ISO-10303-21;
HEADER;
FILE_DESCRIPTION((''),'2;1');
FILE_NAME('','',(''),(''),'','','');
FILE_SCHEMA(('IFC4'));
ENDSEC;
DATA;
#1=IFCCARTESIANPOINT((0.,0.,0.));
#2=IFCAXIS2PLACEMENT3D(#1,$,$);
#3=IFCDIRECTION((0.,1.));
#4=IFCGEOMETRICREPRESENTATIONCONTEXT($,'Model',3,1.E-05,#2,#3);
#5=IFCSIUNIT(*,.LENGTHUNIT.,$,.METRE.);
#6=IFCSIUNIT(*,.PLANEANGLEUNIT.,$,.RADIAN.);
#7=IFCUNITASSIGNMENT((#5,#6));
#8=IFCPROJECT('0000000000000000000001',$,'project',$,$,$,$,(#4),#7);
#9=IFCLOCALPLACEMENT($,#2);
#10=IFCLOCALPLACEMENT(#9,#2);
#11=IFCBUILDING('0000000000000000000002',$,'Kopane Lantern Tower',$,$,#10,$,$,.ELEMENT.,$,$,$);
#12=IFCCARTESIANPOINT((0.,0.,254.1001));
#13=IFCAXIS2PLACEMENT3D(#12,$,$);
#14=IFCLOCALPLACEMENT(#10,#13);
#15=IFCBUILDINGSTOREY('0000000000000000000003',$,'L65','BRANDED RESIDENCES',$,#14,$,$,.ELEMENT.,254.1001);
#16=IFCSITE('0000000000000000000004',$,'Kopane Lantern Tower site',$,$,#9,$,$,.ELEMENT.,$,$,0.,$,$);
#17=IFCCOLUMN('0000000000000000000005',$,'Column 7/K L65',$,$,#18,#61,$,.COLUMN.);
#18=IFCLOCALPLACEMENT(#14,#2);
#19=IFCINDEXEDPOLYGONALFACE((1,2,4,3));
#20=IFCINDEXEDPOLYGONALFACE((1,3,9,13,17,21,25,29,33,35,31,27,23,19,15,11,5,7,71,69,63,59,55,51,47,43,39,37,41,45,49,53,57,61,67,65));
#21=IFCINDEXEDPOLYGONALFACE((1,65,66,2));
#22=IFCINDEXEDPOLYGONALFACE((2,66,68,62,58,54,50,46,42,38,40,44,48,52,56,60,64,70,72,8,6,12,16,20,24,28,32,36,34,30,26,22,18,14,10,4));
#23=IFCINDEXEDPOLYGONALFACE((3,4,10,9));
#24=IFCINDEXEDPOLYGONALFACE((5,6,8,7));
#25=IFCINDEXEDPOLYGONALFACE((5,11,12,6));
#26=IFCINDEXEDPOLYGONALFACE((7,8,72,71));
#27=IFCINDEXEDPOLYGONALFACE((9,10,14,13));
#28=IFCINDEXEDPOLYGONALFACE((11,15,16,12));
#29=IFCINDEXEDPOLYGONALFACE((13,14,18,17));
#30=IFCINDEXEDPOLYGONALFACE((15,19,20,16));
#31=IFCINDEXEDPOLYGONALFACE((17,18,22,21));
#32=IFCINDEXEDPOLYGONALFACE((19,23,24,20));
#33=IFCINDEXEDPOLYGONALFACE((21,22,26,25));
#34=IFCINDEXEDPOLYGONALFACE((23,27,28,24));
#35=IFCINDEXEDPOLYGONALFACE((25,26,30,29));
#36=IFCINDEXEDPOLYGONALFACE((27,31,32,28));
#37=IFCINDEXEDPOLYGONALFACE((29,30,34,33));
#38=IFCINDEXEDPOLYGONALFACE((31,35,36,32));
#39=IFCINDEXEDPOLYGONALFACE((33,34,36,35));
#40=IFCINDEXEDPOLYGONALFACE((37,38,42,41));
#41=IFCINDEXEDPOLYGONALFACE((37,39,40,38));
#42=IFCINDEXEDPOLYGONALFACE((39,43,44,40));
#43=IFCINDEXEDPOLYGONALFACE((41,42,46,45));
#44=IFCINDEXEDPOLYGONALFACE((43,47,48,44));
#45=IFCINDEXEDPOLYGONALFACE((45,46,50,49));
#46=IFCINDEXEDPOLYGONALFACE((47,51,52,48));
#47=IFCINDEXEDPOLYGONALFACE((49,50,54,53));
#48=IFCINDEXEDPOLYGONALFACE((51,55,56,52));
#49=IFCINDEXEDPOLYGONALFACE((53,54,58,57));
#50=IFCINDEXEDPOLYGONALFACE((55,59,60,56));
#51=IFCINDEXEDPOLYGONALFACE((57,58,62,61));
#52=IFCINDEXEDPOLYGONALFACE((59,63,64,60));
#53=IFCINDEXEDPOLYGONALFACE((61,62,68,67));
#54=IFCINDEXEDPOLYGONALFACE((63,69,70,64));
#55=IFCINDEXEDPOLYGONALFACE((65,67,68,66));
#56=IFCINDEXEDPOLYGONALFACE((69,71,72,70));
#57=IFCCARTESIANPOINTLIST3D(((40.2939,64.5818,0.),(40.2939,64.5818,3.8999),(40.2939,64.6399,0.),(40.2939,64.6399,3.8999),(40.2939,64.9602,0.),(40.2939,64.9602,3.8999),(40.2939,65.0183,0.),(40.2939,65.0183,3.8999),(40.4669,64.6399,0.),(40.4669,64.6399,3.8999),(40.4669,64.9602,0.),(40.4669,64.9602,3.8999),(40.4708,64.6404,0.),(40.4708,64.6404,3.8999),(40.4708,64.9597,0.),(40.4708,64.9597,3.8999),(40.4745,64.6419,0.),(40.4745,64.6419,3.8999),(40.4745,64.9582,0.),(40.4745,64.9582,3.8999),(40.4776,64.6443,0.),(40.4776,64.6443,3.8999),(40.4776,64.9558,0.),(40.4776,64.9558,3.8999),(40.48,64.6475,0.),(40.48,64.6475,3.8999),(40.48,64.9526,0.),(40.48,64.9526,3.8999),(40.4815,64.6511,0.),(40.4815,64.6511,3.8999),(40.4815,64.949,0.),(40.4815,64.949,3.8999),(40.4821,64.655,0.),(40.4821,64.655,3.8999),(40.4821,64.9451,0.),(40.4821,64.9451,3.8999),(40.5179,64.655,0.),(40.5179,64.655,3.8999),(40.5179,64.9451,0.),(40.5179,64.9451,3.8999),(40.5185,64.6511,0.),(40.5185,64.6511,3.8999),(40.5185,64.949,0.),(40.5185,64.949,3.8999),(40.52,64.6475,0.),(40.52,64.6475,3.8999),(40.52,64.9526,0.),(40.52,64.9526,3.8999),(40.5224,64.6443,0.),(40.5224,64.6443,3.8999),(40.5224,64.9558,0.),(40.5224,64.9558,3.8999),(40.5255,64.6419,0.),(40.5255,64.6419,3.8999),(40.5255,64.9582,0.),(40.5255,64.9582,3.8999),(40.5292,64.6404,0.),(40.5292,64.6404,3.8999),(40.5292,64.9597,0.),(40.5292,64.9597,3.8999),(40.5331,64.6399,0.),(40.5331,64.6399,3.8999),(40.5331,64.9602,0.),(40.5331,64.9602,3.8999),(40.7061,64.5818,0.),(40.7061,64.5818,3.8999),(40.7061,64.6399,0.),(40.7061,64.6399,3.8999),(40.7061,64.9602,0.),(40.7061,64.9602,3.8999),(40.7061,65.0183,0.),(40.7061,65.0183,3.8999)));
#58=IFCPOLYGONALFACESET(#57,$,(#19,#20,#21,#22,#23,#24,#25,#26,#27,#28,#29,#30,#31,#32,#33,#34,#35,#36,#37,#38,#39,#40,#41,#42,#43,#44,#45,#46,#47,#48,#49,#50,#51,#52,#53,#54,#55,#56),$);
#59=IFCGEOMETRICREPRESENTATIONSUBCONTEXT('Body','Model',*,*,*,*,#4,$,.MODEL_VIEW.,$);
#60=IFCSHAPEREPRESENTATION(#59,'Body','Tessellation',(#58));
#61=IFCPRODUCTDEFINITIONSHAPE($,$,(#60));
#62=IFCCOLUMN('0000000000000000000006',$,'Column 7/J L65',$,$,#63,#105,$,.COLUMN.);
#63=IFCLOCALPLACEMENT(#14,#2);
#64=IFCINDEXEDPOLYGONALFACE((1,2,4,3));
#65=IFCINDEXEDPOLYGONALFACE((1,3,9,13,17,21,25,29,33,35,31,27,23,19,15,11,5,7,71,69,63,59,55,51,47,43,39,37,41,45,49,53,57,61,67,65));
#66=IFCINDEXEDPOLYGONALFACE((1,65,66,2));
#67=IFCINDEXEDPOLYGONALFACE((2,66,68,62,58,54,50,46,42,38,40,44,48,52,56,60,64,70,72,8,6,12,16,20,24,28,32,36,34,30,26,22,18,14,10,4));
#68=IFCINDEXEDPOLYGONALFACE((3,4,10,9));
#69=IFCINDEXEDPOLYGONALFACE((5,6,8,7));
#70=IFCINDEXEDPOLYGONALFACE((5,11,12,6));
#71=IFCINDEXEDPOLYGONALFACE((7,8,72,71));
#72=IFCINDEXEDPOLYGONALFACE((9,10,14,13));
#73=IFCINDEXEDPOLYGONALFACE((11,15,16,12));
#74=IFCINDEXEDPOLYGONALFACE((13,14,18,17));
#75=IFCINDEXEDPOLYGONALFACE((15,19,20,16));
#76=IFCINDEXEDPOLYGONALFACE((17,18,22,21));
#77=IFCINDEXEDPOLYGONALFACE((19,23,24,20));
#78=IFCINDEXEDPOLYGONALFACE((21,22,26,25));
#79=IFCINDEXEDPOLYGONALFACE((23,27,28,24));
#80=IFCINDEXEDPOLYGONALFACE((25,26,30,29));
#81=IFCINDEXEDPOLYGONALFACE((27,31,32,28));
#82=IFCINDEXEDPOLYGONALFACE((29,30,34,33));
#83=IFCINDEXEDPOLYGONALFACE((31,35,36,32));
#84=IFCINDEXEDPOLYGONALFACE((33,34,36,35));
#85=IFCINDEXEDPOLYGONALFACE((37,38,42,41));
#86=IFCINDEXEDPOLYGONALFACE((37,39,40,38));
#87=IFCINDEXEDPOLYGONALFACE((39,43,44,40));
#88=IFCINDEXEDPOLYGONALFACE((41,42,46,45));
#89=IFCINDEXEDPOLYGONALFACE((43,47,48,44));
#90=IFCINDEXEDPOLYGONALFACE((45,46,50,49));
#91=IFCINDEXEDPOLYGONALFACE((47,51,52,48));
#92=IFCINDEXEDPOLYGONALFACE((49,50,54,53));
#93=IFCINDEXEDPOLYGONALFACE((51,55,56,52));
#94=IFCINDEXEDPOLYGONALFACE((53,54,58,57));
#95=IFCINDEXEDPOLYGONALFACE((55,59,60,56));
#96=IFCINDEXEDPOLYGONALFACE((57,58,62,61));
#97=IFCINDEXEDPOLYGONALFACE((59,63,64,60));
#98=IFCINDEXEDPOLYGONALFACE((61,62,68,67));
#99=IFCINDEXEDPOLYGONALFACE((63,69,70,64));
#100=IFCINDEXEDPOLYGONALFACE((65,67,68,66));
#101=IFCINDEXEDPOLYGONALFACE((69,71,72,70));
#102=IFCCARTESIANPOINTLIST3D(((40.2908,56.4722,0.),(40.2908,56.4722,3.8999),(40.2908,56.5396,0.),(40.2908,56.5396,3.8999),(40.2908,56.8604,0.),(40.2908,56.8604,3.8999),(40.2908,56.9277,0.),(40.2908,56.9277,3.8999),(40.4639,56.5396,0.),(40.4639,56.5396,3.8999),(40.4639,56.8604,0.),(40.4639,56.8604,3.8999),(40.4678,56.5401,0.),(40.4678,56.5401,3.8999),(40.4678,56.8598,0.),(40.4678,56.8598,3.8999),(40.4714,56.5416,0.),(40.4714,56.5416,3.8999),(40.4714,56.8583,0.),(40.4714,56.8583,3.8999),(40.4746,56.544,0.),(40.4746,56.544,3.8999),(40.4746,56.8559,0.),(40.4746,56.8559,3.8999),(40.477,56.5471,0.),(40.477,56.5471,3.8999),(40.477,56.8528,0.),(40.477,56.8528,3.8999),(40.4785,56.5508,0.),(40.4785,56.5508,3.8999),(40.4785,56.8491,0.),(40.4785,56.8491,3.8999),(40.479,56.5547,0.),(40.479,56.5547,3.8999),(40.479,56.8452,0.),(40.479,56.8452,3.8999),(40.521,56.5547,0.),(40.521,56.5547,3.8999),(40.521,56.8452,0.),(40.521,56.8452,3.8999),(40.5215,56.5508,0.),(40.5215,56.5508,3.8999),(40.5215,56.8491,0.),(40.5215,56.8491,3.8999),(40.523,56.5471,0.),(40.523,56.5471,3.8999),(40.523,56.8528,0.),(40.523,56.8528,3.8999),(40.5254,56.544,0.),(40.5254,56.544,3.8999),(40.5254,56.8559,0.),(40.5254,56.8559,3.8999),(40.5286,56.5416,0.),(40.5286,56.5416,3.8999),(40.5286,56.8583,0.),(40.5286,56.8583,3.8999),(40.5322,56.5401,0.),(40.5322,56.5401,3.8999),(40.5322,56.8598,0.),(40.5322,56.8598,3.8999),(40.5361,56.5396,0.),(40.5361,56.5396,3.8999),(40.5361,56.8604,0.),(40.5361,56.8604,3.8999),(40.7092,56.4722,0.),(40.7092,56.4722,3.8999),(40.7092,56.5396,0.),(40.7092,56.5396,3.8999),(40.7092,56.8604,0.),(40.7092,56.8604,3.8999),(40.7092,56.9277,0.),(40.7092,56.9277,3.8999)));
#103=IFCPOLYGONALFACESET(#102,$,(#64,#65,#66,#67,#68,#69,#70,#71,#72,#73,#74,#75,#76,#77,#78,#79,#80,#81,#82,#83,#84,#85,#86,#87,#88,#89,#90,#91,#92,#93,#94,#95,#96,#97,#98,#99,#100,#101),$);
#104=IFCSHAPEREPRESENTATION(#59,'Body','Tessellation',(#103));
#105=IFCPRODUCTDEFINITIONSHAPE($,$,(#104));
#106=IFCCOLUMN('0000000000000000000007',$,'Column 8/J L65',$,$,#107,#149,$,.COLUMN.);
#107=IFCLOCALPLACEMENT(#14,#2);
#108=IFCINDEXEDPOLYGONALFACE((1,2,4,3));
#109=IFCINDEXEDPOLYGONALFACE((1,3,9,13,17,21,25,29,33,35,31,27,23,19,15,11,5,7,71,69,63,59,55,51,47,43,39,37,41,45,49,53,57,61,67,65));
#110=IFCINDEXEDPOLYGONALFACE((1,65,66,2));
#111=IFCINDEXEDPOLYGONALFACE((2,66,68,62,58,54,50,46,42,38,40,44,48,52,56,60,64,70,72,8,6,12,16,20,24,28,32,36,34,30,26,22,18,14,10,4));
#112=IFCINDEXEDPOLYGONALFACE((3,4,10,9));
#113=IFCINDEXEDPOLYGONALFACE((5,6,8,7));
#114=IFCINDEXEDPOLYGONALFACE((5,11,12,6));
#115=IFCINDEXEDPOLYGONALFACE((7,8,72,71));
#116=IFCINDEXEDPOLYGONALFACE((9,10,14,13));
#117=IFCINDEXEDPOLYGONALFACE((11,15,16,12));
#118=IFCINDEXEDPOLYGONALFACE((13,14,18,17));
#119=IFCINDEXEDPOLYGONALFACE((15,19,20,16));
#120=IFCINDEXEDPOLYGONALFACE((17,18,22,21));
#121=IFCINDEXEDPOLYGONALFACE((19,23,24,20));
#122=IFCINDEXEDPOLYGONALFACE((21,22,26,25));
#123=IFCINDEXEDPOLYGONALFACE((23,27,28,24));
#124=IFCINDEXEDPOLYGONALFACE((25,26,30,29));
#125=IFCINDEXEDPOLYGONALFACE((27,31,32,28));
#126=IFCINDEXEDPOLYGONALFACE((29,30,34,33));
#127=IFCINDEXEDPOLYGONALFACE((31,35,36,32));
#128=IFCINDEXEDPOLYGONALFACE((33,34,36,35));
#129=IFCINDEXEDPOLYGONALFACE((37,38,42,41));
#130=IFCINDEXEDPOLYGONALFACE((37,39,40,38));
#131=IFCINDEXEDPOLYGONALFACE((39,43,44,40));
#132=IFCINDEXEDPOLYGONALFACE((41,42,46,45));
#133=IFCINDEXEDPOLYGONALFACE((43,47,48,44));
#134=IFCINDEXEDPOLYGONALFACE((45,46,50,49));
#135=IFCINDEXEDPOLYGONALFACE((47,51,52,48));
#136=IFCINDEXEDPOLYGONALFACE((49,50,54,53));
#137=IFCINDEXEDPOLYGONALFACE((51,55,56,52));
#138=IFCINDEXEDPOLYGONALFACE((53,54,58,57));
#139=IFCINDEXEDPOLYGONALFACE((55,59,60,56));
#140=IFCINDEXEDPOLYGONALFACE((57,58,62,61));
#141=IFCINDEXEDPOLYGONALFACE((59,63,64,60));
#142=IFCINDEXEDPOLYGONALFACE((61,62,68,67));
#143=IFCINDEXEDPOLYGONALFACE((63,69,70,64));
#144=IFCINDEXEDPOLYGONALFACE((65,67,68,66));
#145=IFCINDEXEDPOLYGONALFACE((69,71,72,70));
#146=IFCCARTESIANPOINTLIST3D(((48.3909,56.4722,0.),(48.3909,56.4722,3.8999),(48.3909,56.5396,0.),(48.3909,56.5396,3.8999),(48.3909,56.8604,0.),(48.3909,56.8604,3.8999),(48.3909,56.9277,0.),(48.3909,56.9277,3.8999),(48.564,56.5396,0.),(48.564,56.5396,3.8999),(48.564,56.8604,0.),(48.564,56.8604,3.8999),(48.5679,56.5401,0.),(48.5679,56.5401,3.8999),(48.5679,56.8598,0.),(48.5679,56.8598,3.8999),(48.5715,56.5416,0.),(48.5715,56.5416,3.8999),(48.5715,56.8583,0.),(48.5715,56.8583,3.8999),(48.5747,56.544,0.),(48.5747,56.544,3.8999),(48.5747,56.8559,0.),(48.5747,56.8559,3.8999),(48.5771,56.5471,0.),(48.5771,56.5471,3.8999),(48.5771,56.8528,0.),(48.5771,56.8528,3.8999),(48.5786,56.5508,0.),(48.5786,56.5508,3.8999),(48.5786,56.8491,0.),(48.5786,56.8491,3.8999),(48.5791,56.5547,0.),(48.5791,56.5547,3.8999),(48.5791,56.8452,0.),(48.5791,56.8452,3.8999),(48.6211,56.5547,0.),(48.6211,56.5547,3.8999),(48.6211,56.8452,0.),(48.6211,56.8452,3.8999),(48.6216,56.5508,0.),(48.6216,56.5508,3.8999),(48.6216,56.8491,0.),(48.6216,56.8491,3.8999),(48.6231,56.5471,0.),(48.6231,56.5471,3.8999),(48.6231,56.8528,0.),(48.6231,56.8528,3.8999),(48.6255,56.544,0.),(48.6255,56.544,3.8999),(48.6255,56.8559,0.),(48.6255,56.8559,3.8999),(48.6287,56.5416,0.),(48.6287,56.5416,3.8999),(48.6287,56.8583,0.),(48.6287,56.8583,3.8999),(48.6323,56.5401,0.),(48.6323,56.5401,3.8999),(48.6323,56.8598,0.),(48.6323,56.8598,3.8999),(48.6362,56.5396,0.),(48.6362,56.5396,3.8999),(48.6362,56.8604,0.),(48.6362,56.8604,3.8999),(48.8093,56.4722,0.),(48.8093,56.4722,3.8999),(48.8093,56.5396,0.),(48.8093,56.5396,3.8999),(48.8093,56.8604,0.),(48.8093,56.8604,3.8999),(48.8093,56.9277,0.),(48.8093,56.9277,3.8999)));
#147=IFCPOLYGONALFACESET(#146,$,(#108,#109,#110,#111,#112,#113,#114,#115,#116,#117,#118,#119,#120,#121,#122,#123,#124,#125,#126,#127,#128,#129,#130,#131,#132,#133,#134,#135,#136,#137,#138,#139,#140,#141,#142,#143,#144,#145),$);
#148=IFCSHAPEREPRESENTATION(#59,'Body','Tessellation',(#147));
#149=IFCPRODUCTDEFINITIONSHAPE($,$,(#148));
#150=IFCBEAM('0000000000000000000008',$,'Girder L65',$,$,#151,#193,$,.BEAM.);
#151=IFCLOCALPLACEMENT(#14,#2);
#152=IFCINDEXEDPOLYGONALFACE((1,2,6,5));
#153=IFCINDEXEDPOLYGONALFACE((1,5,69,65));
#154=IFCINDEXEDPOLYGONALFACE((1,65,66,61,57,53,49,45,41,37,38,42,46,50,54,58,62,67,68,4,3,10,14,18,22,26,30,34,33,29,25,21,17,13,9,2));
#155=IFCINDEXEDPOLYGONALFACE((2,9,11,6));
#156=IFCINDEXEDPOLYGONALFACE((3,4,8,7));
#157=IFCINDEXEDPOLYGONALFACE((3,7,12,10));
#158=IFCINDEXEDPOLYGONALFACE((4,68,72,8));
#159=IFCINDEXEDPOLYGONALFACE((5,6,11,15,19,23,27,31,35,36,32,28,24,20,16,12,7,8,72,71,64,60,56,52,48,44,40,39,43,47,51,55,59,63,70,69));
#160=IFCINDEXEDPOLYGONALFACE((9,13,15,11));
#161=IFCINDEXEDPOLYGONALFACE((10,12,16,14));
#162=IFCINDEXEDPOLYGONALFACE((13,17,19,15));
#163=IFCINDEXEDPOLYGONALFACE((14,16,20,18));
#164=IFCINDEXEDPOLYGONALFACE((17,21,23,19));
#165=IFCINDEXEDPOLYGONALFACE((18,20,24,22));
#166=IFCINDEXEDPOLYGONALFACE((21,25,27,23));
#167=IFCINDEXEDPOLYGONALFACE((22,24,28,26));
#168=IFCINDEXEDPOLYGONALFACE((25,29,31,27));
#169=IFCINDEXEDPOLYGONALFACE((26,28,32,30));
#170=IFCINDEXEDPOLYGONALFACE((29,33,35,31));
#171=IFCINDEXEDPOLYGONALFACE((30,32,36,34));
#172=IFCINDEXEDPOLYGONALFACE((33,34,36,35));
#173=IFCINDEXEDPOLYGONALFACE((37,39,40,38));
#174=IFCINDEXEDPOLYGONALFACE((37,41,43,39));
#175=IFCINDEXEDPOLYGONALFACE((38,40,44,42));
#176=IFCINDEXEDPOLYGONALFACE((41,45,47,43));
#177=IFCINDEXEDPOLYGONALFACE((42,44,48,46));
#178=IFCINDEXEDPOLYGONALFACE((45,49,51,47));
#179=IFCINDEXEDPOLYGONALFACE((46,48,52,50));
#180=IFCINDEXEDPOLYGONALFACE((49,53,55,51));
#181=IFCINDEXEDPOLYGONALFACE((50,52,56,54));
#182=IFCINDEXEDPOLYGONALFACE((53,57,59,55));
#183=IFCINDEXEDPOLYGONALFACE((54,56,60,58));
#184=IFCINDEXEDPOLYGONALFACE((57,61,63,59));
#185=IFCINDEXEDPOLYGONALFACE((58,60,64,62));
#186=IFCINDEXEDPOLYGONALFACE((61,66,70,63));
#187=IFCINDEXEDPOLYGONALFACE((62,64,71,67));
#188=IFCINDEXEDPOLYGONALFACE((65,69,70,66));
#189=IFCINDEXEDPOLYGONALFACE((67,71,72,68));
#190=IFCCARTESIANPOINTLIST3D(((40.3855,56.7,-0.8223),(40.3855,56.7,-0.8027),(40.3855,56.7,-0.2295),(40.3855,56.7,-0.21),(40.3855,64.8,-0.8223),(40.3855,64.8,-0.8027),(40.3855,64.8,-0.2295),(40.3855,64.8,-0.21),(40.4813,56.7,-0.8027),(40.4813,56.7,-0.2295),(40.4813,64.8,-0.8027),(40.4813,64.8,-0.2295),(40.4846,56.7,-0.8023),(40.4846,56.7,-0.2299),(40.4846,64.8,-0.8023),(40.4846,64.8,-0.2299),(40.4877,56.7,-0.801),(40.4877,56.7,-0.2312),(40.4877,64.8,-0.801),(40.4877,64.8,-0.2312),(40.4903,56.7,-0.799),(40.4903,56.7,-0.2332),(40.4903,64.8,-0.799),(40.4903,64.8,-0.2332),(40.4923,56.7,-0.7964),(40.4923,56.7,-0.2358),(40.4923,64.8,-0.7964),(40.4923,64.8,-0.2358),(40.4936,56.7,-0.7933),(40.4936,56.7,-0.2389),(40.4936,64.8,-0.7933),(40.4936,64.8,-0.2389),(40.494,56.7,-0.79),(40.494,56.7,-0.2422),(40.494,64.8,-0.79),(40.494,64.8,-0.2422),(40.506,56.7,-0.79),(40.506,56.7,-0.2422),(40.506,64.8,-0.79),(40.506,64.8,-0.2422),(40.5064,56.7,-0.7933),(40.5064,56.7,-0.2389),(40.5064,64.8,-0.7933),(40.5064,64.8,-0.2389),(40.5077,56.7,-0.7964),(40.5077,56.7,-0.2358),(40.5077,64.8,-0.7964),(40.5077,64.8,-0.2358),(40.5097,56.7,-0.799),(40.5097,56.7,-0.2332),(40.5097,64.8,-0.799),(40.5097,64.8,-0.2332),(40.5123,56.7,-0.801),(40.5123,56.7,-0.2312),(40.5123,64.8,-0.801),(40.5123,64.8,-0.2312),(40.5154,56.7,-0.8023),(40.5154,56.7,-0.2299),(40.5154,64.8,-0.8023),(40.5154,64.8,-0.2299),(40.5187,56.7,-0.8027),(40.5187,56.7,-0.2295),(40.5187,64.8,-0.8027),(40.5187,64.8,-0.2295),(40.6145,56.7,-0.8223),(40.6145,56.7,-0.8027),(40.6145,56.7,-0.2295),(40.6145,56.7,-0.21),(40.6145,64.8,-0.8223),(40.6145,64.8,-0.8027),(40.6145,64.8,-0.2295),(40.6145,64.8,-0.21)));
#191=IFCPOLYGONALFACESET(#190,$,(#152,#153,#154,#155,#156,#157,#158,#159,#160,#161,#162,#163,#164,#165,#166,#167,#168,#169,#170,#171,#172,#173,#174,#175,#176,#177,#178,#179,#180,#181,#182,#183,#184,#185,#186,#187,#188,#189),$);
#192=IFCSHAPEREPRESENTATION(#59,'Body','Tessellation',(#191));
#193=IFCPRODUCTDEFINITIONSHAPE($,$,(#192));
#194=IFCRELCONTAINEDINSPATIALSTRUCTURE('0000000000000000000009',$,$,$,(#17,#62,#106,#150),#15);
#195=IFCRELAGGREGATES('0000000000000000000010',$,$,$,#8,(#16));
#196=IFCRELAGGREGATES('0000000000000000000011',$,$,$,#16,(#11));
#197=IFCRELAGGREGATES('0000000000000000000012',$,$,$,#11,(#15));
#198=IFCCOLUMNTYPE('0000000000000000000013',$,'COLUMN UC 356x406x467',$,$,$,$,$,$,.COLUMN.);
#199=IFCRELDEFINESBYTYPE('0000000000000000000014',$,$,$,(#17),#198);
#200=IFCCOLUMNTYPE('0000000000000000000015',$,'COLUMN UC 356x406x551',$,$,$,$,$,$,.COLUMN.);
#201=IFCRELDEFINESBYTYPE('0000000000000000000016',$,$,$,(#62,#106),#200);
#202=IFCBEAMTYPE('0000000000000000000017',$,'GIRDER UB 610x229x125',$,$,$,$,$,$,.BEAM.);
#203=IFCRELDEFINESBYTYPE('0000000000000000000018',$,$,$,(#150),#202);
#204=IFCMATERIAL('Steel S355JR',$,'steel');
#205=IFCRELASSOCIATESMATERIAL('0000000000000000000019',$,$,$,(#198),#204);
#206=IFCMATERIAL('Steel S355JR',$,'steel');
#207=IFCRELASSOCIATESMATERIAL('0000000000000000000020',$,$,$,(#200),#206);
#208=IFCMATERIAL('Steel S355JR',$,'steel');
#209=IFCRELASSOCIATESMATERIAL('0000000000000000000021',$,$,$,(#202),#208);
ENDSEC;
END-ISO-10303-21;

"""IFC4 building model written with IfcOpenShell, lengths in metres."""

from ifc_helpers import new_model, si_unit, direction, frame, origin, origin_2d, place, context, subcontext, project, spatial, i_section, extrude, material, material_profile, profile_set, type_object, element, save


model = new_model("IFC4")

# Units and contexts
model_context = context("Model", 3, precision=1e-05, world=origin(), true_north=direction((0.0, 1.0)))
body_context = subcontext(model_context, "Body", "Model", "MODEL_VIEW")
ifc_project = project(units=[si_unit("LENGTHUNIT", "METRE"), si_unit("PLANEANGLEUNIT", "RADIAN")], contexts=[model_context])

# Site, building, storey
site_placement = place(None, origin())
site = spatial("IfcSite", under=ifc_project, at=site_placement, Name="Kopane Lantern Tower site", CompositionType="ELEMENT", RefElevation=0.0)
building_placement = place(site_placement, origin())
building = spatial("IfcBuilding", under=site, at=building_placement, Name="Kopane Lantern Tower", CompositionType="ELEMENT")
storey_placement = place(building_placement, frame((0.0, 0.0, 254.1001)))
storey = spatial("IfcBuildingStorey", under=building, at=storey_placement, Name="L65", Description="BRANDED RESIDENCES", CompositionType="ELEMENT", Elevation=254.1001)

# Columns
ifc_material_1 = material(Name="Steel S355JR", Category="steel")
ifc_material_profile_1 = material_profile(ifc_material_1, i_section(OverallWidth=0.4121, OverallDepth=0.4365, WebThickness=0.0359, FlangeThickness=0.0581, FilletRadius=0.0151, at=origin_2d()), Name="UC 356x406x467")
ifc_profile_set_1 = profile_set([ifc_material_profile_1], Name="Steel S355JR")
column_type_1 = type_object("IfcColumnType", Name="COLUMN UC 356x406x467", PredefinedType="COLUMN", material=ifc_profile_set_1)
column_placement = place(storey_placement, frame((40.5, 64.8, 0.0), z_axis=(0.0, 0.0, 1.0), x_axis=(1.0, 0.0, 0.0)))
element("IfcColumn", 1, at=column_placement, inside=storey, type_object=column_type_1, Name="Column 7/K L65", PredefinedType="COLUMN", context=body_context, shape_type="SweptSolid", body=[
    extrude(i_section(OverallWidth=0.4121, OverallDepth=0.4365, WebThickness=0.0359, FlangeThickness=0.0581, FilletRadius=0.0151, at=origin_2d()), origin(), (0.0, 0.0, 1.0), 3.8999),
])
ifc_material_2 = material(Name="Steel S355JR", Category="steel")
ifc_material_profile_2 = material_profile(ifc_material_2, i_section(OverallWidth=0.4185, OverallDepth=0.4556, WebThickness=0.042, FlangeThickness=0.0674, FilletRadius=0.0151, at=origin_2d()), Name="UC 356x406x551")
ifc_profile_set_2 = profile_set([ifc_material_profile_2], Name="Steel S355JR")
column_type_2 = type_object("IfcColumnType", Name="COLUMN UC 356x406x551", PredefinedType="COLUMN", material=ifc_profile_set_2)
for number, where, z_axis, x_axis, name in (
    (2, (40.5, 56.7, 0.0), (0.0, 0.0, 1.0), (1.0, 0.0, 0.0), "Column 7/J L65"),
    (3, (48.6001, 56.7, 0.0), (0.0, 0.0, 1.0), (1.0, 0.0, 0.0), "Column 8/J L65"),
):
    element("IfcColumn", number, at=place(storey_placement, frame(where, z_axis=z_axis, x_axis=x_axis)), inside=storey, type_object=column_type_2, Name=name, PredefinedType="COLUMN", context=body_context, shape_type="SweptSolid", body=[
        extrude(i_section(OverallWidth=0.4185, OverallDepth=0.4556, WebThickness=0.042, FlangeThickness=0.0674, FilletRadius=0.0151, at=origin_2d()), origin(), (0.0, 0.0, 1.0), 3.8999),
    ])

# Beam
ifc_material_3 = material(Name="Steel S355JR", Category="steel")
ifc_material_profile_3 = material_profile(ifc_material_3, i_section(OverallWidth=0.229, OverallDepth=0.6123, WebThickness=0.012, FlangeThickness=0.0195, FilletRadius=0.0127, at=origin_2d()), Name="UB 610x229x125")
ifc_profile_set_3 = profile_set([ifc_material_profile_3], Name="Steel S355JR")
beam_type = type_object("IfcBeamType", Name="GIRDER UB 610x229x125", PredefinedType="BEAM", material=ifc_profile_set_3)
for number, where, z_axis, x_axis, name in (
    (4, (40.5, 56.7, -0.5161), (0.0, 1.0, 0.0), (-1.0, 0.0, 0.0), "Girder L65"),
):
    element("IfcBeam", number, at=place(storey_placement, frame(where, z_axis=z_axis, x_axis=x_axis)), inside=storey, type_object=beam_type, Name=name, PredefinedType="BEAM", context=body_context, shape_type="SweptSolid", body=[
        extrude(i_section(OverallWidth=0.229, OverallDepth=0.6123, WebThickness=0.012, FlangeThickness=0.0195, FilletRadius=0.0127, at=origin_2d()), origin(), (0.0, 0.0, 1.0), 8.1001),
    ])

save(model, "model.ifc")
